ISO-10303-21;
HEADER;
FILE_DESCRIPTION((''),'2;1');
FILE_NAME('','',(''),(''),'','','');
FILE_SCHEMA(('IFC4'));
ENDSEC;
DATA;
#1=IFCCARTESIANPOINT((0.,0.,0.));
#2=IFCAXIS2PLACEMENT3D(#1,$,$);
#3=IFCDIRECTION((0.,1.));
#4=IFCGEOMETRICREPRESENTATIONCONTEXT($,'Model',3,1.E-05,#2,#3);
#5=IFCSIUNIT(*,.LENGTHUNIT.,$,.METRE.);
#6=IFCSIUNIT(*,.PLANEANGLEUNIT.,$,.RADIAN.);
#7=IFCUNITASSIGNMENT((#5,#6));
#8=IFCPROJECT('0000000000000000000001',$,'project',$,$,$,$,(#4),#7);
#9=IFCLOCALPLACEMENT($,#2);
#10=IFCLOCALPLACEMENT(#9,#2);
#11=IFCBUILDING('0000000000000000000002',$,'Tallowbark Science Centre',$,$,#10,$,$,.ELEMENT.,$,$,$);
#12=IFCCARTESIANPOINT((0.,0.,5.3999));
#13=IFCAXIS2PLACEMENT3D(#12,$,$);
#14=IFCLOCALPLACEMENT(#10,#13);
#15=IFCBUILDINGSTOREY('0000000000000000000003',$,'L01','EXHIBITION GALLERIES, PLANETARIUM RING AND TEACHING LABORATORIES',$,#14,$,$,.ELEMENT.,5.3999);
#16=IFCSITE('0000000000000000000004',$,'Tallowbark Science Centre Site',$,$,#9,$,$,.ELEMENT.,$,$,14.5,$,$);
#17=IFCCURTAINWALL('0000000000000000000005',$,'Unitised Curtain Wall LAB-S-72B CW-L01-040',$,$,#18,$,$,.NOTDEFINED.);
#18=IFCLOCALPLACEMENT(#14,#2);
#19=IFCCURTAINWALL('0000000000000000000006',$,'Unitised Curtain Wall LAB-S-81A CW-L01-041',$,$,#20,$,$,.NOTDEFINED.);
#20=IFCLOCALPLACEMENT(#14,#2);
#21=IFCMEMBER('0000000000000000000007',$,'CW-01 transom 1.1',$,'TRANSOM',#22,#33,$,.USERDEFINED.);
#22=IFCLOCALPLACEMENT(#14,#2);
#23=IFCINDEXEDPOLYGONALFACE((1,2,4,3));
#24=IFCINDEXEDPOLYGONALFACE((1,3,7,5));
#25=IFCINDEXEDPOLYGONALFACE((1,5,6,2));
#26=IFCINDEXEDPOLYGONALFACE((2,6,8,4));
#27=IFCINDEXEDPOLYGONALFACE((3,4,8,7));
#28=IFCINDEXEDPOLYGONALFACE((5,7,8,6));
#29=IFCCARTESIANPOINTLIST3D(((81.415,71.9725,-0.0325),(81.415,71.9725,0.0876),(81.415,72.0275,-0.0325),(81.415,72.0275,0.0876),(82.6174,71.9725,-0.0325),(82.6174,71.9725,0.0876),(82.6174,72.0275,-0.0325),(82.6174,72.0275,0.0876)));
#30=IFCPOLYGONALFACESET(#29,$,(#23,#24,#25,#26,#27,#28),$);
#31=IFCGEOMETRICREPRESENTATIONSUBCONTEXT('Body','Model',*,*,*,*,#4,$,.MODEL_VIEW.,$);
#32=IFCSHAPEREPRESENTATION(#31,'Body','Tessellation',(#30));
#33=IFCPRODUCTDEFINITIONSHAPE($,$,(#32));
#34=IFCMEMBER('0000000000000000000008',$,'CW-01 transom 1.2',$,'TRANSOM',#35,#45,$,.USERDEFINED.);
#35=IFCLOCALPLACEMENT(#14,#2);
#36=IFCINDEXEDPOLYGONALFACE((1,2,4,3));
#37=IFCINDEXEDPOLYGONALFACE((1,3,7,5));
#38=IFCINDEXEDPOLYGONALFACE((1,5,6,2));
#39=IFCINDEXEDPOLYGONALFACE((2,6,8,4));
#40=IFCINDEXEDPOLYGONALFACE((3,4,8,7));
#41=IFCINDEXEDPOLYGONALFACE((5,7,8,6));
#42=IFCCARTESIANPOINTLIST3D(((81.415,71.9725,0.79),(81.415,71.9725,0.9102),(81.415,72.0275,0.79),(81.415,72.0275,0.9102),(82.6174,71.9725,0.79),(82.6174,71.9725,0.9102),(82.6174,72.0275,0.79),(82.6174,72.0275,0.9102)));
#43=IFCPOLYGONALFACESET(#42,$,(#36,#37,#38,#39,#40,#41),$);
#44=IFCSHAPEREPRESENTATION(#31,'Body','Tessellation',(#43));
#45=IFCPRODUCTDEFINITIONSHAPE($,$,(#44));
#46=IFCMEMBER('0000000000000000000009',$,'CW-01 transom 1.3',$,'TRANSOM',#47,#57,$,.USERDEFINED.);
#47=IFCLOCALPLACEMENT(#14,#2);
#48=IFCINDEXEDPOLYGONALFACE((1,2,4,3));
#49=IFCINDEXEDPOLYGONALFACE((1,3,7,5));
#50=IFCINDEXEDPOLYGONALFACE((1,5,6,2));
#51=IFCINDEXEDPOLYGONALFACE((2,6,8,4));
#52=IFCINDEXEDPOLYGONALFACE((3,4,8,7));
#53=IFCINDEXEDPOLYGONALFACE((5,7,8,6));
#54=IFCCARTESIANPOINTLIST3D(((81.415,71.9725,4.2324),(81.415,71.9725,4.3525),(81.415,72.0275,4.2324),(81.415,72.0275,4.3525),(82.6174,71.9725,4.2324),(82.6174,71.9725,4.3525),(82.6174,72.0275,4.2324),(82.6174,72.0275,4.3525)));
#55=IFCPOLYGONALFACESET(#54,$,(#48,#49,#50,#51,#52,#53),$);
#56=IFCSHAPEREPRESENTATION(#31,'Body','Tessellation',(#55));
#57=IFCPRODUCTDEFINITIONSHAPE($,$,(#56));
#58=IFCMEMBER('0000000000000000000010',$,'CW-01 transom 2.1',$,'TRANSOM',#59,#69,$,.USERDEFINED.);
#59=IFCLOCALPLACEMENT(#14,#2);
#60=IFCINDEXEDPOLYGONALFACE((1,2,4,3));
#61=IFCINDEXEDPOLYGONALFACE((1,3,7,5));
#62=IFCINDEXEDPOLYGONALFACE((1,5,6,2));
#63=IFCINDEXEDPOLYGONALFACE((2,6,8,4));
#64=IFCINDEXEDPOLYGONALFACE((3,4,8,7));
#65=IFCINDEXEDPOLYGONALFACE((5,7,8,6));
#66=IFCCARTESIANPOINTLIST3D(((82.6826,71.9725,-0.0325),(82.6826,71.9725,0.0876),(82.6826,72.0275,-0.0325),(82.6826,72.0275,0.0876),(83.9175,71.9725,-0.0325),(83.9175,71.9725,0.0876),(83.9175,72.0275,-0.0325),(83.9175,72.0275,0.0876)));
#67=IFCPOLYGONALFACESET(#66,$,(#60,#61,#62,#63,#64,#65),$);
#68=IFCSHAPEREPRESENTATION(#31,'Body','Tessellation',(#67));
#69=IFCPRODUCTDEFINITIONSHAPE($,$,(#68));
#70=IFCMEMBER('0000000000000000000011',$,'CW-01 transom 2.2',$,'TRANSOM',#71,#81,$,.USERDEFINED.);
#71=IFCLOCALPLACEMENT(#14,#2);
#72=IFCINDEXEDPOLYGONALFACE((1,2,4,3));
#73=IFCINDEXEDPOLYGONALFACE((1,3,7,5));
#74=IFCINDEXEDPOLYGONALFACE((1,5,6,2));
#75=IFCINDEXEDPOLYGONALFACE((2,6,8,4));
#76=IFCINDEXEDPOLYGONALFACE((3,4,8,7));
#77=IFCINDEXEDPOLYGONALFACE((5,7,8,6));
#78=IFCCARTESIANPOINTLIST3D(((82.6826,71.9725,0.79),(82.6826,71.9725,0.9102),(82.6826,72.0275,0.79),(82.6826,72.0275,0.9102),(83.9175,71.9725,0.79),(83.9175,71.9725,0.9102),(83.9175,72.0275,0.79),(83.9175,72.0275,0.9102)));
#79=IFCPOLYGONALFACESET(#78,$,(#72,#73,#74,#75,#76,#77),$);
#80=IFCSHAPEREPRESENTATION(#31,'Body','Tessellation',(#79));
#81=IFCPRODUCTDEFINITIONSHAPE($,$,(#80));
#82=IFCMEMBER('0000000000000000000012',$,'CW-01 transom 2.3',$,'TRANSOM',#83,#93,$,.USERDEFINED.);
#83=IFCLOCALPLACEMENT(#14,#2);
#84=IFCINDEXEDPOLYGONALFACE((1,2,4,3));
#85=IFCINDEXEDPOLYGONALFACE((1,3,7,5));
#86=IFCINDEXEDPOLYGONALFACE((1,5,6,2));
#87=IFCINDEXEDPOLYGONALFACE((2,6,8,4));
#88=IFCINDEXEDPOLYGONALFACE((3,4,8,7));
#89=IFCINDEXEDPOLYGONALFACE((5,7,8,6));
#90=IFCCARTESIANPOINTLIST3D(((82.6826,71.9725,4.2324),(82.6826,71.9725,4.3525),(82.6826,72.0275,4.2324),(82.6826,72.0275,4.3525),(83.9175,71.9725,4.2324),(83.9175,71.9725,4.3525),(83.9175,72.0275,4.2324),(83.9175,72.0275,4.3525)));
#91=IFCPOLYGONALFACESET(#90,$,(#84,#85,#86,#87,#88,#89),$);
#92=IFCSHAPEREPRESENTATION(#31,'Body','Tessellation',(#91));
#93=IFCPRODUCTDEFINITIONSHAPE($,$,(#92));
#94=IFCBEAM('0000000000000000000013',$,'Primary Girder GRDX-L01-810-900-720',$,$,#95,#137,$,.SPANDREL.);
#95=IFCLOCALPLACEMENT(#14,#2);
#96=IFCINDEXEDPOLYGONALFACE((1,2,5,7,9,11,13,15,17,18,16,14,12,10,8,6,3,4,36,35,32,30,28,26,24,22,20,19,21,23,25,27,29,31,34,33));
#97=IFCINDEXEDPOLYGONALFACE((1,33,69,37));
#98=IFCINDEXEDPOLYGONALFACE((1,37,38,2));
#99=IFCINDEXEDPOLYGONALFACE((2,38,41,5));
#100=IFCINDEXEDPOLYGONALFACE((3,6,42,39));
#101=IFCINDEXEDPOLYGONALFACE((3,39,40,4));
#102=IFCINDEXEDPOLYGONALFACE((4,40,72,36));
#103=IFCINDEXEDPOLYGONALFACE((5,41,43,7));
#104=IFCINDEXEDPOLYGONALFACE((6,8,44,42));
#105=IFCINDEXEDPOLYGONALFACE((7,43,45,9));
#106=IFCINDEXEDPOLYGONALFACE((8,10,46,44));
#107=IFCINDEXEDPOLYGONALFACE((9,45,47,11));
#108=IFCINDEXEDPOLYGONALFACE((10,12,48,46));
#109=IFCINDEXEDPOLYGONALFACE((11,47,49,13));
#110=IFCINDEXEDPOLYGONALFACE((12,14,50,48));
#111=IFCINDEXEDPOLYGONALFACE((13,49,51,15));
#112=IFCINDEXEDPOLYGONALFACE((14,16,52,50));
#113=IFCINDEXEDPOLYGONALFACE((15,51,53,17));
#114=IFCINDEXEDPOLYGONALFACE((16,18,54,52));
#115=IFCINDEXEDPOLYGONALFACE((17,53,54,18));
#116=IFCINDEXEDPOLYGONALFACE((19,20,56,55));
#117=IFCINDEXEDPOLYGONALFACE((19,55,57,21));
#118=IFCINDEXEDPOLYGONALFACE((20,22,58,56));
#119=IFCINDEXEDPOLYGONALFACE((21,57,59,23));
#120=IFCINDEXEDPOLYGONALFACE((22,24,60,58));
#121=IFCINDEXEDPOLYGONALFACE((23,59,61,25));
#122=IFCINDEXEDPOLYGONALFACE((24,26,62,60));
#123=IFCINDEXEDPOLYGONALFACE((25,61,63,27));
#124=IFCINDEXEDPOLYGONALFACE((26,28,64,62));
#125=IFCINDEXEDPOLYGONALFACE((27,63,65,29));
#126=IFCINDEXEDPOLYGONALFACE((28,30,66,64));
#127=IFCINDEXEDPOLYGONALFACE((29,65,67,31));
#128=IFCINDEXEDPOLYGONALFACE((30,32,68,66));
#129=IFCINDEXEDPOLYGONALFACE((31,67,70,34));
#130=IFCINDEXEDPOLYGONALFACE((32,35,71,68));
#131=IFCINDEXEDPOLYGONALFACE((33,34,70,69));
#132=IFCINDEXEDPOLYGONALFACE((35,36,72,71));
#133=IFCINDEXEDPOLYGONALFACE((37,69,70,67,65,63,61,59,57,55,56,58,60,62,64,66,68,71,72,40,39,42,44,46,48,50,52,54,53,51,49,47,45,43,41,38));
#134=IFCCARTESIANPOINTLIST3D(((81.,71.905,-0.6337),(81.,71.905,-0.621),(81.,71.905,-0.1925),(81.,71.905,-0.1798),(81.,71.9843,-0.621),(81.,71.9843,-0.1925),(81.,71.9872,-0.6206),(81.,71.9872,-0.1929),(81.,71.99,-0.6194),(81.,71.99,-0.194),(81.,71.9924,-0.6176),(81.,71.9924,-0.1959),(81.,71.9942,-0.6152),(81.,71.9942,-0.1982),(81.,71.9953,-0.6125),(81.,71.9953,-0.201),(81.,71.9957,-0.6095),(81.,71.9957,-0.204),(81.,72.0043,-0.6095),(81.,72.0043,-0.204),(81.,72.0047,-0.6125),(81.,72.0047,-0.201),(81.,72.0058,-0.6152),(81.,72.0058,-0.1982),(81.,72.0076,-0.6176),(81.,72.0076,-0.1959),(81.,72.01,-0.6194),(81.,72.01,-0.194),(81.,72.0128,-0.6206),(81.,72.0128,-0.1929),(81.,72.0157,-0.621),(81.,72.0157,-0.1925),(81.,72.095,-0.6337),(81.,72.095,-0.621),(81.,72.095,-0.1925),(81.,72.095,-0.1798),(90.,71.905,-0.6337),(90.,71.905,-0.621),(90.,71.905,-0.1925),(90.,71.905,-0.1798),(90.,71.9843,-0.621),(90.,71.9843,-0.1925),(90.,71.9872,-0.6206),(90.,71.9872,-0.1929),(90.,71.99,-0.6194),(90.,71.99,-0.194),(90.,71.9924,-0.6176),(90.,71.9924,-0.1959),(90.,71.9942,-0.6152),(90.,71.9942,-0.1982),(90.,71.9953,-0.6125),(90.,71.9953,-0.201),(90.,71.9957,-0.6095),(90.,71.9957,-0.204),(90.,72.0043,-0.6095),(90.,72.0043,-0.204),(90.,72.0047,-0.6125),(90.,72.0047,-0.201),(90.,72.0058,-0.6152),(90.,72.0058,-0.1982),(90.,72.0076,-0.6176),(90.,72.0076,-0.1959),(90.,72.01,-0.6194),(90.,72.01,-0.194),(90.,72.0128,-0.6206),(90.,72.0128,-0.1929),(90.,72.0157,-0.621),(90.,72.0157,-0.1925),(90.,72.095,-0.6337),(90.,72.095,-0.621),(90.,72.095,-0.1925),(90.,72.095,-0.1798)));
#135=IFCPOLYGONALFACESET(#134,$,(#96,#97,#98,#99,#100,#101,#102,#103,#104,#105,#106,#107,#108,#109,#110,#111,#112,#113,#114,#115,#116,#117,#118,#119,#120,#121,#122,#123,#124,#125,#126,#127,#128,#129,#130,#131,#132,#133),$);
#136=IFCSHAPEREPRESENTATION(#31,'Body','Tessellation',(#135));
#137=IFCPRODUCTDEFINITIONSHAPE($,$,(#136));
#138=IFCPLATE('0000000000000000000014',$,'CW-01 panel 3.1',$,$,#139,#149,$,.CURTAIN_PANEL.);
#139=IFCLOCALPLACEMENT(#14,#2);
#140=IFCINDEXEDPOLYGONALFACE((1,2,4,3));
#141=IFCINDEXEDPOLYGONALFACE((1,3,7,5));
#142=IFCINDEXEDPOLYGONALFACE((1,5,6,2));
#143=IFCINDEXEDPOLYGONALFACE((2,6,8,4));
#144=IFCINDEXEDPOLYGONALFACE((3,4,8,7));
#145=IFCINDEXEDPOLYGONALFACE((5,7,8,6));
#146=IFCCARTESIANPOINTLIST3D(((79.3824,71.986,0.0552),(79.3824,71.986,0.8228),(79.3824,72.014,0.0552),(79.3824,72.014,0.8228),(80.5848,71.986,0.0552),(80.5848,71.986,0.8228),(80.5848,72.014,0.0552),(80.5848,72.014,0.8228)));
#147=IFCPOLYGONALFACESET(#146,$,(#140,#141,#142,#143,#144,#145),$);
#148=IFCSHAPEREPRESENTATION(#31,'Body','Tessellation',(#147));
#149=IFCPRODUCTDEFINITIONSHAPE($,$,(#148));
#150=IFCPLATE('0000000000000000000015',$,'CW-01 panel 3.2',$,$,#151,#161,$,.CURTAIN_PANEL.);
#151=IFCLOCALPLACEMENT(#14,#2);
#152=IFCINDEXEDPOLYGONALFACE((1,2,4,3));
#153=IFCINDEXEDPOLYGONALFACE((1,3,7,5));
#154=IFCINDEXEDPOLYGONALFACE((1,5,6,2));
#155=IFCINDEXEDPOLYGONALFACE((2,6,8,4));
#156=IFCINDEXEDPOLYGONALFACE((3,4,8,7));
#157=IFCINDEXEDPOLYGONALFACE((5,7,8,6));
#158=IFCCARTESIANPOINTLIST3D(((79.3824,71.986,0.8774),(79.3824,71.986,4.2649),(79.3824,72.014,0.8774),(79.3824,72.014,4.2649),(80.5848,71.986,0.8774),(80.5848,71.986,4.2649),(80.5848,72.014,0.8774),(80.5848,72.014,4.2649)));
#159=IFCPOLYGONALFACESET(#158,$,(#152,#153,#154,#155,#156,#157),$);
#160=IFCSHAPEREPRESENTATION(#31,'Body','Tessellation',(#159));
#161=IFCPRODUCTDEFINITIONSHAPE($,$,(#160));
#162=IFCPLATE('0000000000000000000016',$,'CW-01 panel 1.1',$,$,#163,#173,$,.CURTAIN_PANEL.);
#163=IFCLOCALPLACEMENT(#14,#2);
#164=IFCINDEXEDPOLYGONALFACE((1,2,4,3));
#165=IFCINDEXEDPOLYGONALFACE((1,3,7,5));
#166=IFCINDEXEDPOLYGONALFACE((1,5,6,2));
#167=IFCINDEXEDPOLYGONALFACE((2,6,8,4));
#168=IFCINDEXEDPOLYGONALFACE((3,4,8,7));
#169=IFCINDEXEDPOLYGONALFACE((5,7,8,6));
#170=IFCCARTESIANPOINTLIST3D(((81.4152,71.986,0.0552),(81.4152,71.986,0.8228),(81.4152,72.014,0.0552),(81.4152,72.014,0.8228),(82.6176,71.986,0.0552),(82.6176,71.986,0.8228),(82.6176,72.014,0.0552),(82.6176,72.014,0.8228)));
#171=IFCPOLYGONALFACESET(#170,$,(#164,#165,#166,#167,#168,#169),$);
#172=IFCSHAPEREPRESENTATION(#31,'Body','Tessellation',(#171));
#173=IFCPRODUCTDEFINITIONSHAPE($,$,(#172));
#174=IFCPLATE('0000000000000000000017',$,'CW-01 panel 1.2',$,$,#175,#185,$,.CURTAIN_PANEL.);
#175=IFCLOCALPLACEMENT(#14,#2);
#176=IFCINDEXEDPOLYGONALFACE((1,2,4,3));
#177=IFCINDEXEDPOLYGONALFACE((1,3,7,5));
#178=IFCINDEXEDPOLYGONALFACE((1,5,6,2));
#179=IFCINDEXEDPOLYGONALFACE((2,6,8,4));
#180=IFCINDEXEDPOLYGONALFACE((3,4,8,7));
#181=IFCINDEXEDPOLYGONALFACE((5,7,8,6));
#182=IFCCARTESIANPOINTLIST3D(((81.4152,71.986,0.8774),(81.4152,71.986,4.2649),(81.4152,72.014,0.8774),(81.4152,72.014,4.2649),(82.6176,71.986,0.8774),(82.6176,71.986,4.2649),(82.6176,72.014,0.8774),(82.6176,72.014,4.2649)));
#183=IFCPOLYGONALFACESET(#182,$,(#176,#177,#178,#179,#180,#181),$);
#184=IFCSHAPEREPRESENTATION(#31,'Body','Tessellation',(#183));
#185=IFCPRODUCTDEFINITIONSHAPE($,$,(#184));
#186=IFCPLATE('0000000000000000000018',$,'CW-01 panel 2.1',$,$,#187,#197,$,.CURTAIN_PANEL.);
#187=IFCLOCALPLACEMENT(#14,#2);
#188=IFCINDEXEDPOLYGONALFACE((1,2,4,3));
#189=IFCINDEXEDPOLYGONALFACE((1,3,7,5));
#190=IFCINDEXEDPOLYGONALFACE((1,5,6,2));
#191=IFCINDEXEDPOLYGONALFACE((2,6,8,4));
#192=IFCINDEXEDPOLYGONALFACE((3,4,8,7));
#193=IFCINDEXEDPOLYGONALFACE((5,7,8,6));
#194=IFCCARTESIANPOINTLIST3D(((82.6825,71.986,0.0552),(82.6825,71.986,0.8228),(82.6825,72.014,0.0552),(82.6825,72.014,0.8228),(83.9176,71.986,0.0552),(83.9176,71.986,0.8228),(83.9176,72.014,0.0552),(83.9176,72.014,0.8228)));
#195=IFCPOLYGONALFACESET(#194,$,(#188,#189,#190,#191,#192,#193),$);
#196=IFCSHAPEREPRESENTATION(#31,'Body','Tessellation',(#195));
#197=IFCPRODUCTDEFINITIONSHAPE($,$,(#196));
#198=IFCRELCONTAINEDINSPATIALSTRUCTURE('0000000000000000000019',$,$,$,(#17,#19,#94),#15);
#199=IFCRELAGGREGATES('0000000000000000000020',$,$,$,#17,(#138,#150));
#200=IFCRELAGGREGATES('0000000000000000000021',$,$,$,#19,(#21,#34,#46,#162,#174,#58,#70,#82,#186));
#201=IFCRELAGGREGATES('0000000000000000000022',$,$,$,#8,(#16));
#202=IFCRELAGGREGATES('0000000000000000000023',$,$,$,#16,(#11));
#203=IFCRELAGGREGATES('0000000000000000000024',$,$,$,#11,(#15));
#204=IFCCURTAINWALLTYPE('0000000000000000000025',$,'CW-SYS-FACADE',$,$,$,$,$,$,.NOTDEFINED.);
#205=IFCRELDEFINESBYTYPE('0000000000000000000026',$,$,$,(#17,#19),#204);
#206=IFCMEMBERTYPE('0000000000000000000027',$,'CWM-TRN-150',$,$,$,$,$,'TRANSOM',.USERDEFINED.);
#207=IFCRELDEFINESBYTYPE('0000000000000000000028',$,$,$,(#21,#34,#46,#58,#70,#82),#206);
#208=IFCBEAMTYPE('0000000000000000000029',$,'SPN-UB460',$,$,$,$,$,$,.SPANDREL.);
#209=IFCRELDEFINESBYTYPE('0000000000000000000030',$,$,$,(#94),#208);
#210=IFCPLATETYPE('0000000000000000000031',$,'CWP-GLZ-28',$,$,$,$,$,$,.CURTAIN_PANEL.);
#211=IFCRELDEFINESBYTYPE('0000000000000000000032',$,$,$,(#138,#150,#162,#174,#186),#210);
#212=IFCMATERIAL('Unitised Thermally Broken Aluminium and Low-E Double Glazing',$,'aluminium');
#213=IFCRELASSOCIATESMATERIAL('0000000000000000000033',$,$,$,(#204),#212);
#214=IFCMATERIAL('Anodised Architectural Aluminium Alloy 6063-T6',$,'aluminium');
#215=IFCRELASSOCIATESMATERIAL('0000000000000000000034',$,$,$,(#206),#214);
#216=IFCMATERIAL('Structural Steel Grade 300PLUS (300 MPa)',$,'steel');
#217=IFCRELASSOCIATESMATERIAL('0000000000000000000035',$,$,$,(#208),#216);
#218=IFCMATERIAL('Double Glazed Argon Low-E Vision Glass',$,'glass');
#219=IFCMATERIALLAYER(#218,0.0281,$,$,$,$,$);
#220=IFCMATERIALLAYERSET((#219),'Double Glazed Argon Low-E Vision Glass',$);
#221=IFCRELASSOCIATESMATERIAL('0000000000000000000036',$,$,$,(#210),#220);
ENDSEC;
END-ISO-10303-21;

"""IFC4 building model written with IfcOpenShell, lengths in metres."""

from ifc_helpers import new_model, si_unit, direction, frame, origin, origin_2d, place, context, subcontext, project, spatial, rectangle, i_section, extrude, material, layer, layer_set, material_profile, profile_set, type_object, element, aggregate, save


model = new_model("IFC4")

# Units and contexts
model_context = context("Model", 3, precision=1e-05, world=origin(), true_north=direction((0.0, 1.0)))
body_context = subcontext(model_context, "Body", "Model", "MODEL_VIEW")
ifc_project = project(units=[si_unit("LENGTHUNIT", "METRE"), si_unit("PLANEANGLEUNIT", "RADIAN")], contexts=[model_context])

# Site, building, storey
site_placement = place(None, origin())
site = spatial("IfcSite", under=ifc_project, at=site_placement, Name="Tallowbark Science Centre Site", CompositionType="ELEMENT", RefElevation=14.5)
building_placement = place(site_placement, origin())
building = spatial("IfcBuilding", under=site, at=building_placement, Name="Tallowbark Science Centre", CompositionType="ELEMENT")
storey_placement = place(building_placement, frame((0.0, 0.0, 5.3999)))
storey = spatial("IfcBuildingStorey", under=building, at=storey_placement, Name="L01", Description="EXHIBITION GALLERIES, PLANETARIUM RING AND TEACHING LABORATORIES", CompositionType="ELEMENT", Elevation=5.3999)

# Shared definitions
ifc_material_1 = material(Name="Structural Steel Grade 300PLUS (300 MPa)", Category="steel")

# Curtain walls
ifc_material_2 = material(Name="Unitised Thermally Broken Aluminium and Low-E Double Glazing", Category="aluminium")
curtain_wall_type = type_object("IfcCurtainWallType", Name="CW-SYS-FACADE", PredefinedType="NOTDEFINED", material=ifc_material_2)
curtain_wall_1_placement = place(storey_placement, origin())
curtain_wall_1 = element("IfcCurtainWall", 1, at=curtain_wall_1_placement, inside=storey, type_object=curtain_wall_type, Name="Unitised Curtain Wall LAB-S-72B CW-L01-040", PredefinedType="NOTDEFINED")
ifc_material_3 = material(Name="Anodised Architectural Aluminium Alloy 6063-T6", Category="aluminium")
curtain_wall_2_placement = place(storey_placement, origin())
curtain_wall_2 = element("IfcCurtainWall", 2, at=curtain_wall_2_placement, inside=storey, type_object=curtain_wall_type, Name="Unitised Curtain Wall LAB-S-81A CW-L01-041", PredefinedType="NOTDEFINED")

# Members
ifc_material_profile_1 = material_profile(ifc_material_3, rectangle(XDim=0.0549, YDim=0.1201, at=origin_2d()), Name="ALU55x120")
ifc_profile_set_1 = profile_set([ifc_material_profile_1], Name="Anodised Architectural Aluminium Alloy 6063-T6")
member_type_1 = type_object("IfcMemberType", Name="CWM-TRN-150", ElementType="TRANSOM", PredefinedType="USERDEFINED", material=ifc_profile_set_1)
member_1_placement = place(storey_placement, frame((81.415, 72.0, 0.0276), z_axis=(1.0, 0.0, 0.0), x_axis=(0.0, 1.0, 0.0)))
member_1 = element("IfcMember", 3, at=member_1_placement, type_object=member_type_1, Name="CW-01 transom 1.1", ObjectType="TRANSOM", PredefinedType="USERDEFINED", context=body_context, shape_type="SweptSolid", body=[
    extrude(rectangle(XDim=0.0549, YDim=0.1201, at=origin_2d()), origin(), (0.0, 0.0, 1.0), 1.2024),
])
member_2_placement = place(storey_placement, frame((81.415, 72.0, 0.8501), z_axis=(1.0, 0.0, 0.0), x_axis=(0.0, 1.0, 0.0)))
member_2 = element("IfcMember", 4, at=member_2_placement, type_object=member_type_1, Name="CW-01 transom 1.2", ObjectType="TRANSOM", PredefinedType="USERDEFINED", context=body_context, shape_type="SweptSolid", body=[
    extrude(rectangle(XDim=0.0549, YDim=0.1201, at=origin_2d()), origin(), (0.0, 0.0, 1.0), 1.2024),
])
member_3_placement = place(storey_placement, frame((81.415, 72.0, 4.2925), z_axis=(1.0, 0.0, 0.0), x_axis=(0.0, 1.0, 0.0)))
member_3 = element("IfcMember", 5, at=member_3_placement, type_object=member_type_1, Name="CW-01 transom 1.3", ObjectType="TRANSOM", PredefinedType="USERDEFINED", context=body_context, shape_type="SweptSolid", body=[
    extrude(rectangle(XDim=0.0549, YDim=0.1201, at=origin_2d()), origin(), (0.0, 0.0, 1.0), 1.2024),
])
member_4_placement = place(storey_placement, frame((82.6826, 72.0, 0.0276), z_axis=(1.0, 0.0, 0.0), x_axis=(0.0, 1.0, 0.0)))
member_4 = element("IfcMember", 6, at=member_4_placement, type_object=member_type_1, Name="CW-01 transom 2.1", ObjectType="TRANSOM", PredefinedType="USERDEFINED", context=body_context, shape_type="SweptSolid", body=[
    extrude(rectangle(XDim=0.0549, YDim=0.1201, at=origin_2d()), origin(), (0.0, 0.0, 1.0), 1.2349),
])
member_5_placement = place(storey_placement, frame((82.6826, 72.0, 0.8501), z_axis=(1.0, 0.0, 0.0), x_axis=(0.0, 1.0, 0.0)))
member_5 = element("IfcMember", 7, at=member_5_placement, type_object=member_type_1, Name="CW-01 transom 2.2", ObjectType="TRANSOM", PredefinedType="USERDEFINED", context=body_context, shape_type="SweptSolid", body=[
    extrude(rectangle(XDim=0.0549, YDim=0.1201, at=origin_2d()), origin(), (0.0, 0.0, 1.0), 1.2349),
])
member_6_placement = place(storey_placement, frame((82.6826, 72.0, 4.2925), z_axis=(1.0, 0.0, 0.0), x_axis=(0.0, 1.0, 0.0)))
member_6 = element("IfcMember", 8, at=member_6_placement, type_object=member_type_1, Name="CW-01 transom 2.3", ObjectType="TRANSOM", PredefinedType="USERDEFINED", context=body_context, shape_type="SweptSolid", body=[
    extrude(rectangle(XDim=0.0549, YDim=0.1201, at=origin_2d()), origin(), (0.0, 0.0, 1.0), 1.2349),
])

# Beam
ifc_material_profile_2 = material_profile(ifc_material_1, i_section(OverallWidth=0.1899, OverallDepth=0.4539, WebThickness=0.0085, FlangeThickness=0.0127, FilletRadius=0.0115, at=origin_2d()), Name="460UB67.1")
ifc_profile_set_2 = profile_set([ifc_material_profile_2], Name="Structural Steel Grade 300PLUS (300 MPa)")
beam_type_1 = type_object("IfcBeamType", Name="SPN-UB460", PredefinedType="SPANDREL", material=ifc_profile_set_2)
beam_1_placement = place(storey_placement, frame((81.0, 72.0, -0.4067), z_axis=(1.0, 0.0, 0.0), x_axis=(0.0, 1.0, 0.0)))
element("IfcBeam", 9, at=beam_1_placement, inside=storey, type_object=beam_type_1, Name="Primary Girder GRDX-L01-810-900-720", PredefinedType="SPANDREL", context=body_context, shape_type="SweptSolid", body=[
    extrude(i_section(OverallWidth=0.1899, OverallDepth=0.4539, WebThickness=0.0085, FlangeThickness=0.0127, FilletRadius=0.0115, at=origin_2d()), origin(), (0.0, 0.0, 1.0), 9.0),
])

# Plates
ifc_material_4 = material(Name="Double Glazed Argon Low-E Vision Glass", Category="glass")
ifc_layer_1 = layer(ifc_material_4, 0.0281)
ifc_layer_set_1 = layer_set([ifc_layer_1], Name="Double Glazed Argon Low-E Vision Glass")
plate_type = type_object("IfcPlateType", Name="CWP-GLZ-28", PredefinedType="CURTAIN_PANEL", material=ifc_layer_set_1)
plate_1_placement = place(storey_placement, frame((79.9836, 72.0, 0.0552), z_axis=(0.0, 0.0, 1.0), x_axis=(1.0, 0.0, 0.0)))
plate_1 = element("IfcPlate", 10, at=plate_1_placement, type_object=plate_type, Name="CW-01 panel 3.1", PredefinedType="CURTAIN_PANEL", context=body_context, shape_type="SweptSolid", body=[
    extrude(rectangle(XDim=1.2024, YDim=0.0281, at=origin_2d()), origin(), (0.0, 0.0, 1.0), 0.7676),
])
plate_2_placement = place(storey_placement, frame((79.9836, 72.0, 0.8774), z_axis=(0.0, 0.0, 1.0), x_axis=(1.0, 0.0, 0.0)))
plate_2 = element("IfcPlate", 11, at=plate_2_placement, type_object=plate_type, Name="CW-01 panel 3.2", PredefinedType="CURTAIN_PANEL", context=body_context, shape_type="SweptSolid", body=[
    extrude(rectangle(XDim=1.2024, YDim=0.0281, at=origin_2d()), origin(), (0.0, 0.0, 1.0), 3.3875),
])
aggregate(curtain_wall_1, [plate_1, plate_2])
plate_3_placement = place(storey_placement, frame((82.0164, 72.0, 0.0552), z_axis=(0.0, 0.0, 1.0), x_axis=(1.0, 0.0, 0.0)))
plate_3 = element("IfcPlate", 12, at=plate_3_placement, type_object=plate_type, Name="CW-01 panel 1.1", PredefinedType="CURTAIN_PANEL", context=body_context, shape_type="SweptSolid", body=[
    extrude(rectangle(XDim=1.2024, YDim=0.0281, at=origin_2d()), origin(), (0.0, 0.0, 1.0), 0.7676),
])
plate_4_placement = place(storey_placement, frame((82.0164, 72.0, 0.8774), z_axis=(0.0, 0.0, 1.0), x_axis=(1.0, 0.0, 0.0)))
plate_4 = element("IfcPlate", 13, at=plate_4_placement, type_object=plate_type, Name="CW-01 panel 1.2", PredefinedType="CURTAIN_PANEL", context=body_context, shape_type="SweptSolid", body=[
    extrude(rectangle(XDim=1.2024, YDim=0.0281, at=origin_2d()), origin(), (0.0, 0.0, 1.0), 3.3875),
])
plate_5_placement = place(storey_placement, frame((83.3, 72.0, 0.0552), z_axis=(0.0, 0.0, 1.0), x_axis=(1.0, 0.0, 0.0)))
plate_5 = element("IfcPlate", 14, at=plate_5_placement, type_object=plate_type, Name="CW-01 panel 2.1", PredefinedType="CURTAIN_PANEL", context=body_context, shape_type="SweptSolid", body=[
    extrude(rectangle(XDim=1.2351, YDim=0.0281, at=origin_2d()), origin(), (0.0, 0.0, 1.0), 0.7676),
])
aggregate(curtain_wall_2, [member_1, member_2, member_3, plate_3, plate_4, member_4, member_5, member_6, plate_5])

save(model, "model.ifc")
